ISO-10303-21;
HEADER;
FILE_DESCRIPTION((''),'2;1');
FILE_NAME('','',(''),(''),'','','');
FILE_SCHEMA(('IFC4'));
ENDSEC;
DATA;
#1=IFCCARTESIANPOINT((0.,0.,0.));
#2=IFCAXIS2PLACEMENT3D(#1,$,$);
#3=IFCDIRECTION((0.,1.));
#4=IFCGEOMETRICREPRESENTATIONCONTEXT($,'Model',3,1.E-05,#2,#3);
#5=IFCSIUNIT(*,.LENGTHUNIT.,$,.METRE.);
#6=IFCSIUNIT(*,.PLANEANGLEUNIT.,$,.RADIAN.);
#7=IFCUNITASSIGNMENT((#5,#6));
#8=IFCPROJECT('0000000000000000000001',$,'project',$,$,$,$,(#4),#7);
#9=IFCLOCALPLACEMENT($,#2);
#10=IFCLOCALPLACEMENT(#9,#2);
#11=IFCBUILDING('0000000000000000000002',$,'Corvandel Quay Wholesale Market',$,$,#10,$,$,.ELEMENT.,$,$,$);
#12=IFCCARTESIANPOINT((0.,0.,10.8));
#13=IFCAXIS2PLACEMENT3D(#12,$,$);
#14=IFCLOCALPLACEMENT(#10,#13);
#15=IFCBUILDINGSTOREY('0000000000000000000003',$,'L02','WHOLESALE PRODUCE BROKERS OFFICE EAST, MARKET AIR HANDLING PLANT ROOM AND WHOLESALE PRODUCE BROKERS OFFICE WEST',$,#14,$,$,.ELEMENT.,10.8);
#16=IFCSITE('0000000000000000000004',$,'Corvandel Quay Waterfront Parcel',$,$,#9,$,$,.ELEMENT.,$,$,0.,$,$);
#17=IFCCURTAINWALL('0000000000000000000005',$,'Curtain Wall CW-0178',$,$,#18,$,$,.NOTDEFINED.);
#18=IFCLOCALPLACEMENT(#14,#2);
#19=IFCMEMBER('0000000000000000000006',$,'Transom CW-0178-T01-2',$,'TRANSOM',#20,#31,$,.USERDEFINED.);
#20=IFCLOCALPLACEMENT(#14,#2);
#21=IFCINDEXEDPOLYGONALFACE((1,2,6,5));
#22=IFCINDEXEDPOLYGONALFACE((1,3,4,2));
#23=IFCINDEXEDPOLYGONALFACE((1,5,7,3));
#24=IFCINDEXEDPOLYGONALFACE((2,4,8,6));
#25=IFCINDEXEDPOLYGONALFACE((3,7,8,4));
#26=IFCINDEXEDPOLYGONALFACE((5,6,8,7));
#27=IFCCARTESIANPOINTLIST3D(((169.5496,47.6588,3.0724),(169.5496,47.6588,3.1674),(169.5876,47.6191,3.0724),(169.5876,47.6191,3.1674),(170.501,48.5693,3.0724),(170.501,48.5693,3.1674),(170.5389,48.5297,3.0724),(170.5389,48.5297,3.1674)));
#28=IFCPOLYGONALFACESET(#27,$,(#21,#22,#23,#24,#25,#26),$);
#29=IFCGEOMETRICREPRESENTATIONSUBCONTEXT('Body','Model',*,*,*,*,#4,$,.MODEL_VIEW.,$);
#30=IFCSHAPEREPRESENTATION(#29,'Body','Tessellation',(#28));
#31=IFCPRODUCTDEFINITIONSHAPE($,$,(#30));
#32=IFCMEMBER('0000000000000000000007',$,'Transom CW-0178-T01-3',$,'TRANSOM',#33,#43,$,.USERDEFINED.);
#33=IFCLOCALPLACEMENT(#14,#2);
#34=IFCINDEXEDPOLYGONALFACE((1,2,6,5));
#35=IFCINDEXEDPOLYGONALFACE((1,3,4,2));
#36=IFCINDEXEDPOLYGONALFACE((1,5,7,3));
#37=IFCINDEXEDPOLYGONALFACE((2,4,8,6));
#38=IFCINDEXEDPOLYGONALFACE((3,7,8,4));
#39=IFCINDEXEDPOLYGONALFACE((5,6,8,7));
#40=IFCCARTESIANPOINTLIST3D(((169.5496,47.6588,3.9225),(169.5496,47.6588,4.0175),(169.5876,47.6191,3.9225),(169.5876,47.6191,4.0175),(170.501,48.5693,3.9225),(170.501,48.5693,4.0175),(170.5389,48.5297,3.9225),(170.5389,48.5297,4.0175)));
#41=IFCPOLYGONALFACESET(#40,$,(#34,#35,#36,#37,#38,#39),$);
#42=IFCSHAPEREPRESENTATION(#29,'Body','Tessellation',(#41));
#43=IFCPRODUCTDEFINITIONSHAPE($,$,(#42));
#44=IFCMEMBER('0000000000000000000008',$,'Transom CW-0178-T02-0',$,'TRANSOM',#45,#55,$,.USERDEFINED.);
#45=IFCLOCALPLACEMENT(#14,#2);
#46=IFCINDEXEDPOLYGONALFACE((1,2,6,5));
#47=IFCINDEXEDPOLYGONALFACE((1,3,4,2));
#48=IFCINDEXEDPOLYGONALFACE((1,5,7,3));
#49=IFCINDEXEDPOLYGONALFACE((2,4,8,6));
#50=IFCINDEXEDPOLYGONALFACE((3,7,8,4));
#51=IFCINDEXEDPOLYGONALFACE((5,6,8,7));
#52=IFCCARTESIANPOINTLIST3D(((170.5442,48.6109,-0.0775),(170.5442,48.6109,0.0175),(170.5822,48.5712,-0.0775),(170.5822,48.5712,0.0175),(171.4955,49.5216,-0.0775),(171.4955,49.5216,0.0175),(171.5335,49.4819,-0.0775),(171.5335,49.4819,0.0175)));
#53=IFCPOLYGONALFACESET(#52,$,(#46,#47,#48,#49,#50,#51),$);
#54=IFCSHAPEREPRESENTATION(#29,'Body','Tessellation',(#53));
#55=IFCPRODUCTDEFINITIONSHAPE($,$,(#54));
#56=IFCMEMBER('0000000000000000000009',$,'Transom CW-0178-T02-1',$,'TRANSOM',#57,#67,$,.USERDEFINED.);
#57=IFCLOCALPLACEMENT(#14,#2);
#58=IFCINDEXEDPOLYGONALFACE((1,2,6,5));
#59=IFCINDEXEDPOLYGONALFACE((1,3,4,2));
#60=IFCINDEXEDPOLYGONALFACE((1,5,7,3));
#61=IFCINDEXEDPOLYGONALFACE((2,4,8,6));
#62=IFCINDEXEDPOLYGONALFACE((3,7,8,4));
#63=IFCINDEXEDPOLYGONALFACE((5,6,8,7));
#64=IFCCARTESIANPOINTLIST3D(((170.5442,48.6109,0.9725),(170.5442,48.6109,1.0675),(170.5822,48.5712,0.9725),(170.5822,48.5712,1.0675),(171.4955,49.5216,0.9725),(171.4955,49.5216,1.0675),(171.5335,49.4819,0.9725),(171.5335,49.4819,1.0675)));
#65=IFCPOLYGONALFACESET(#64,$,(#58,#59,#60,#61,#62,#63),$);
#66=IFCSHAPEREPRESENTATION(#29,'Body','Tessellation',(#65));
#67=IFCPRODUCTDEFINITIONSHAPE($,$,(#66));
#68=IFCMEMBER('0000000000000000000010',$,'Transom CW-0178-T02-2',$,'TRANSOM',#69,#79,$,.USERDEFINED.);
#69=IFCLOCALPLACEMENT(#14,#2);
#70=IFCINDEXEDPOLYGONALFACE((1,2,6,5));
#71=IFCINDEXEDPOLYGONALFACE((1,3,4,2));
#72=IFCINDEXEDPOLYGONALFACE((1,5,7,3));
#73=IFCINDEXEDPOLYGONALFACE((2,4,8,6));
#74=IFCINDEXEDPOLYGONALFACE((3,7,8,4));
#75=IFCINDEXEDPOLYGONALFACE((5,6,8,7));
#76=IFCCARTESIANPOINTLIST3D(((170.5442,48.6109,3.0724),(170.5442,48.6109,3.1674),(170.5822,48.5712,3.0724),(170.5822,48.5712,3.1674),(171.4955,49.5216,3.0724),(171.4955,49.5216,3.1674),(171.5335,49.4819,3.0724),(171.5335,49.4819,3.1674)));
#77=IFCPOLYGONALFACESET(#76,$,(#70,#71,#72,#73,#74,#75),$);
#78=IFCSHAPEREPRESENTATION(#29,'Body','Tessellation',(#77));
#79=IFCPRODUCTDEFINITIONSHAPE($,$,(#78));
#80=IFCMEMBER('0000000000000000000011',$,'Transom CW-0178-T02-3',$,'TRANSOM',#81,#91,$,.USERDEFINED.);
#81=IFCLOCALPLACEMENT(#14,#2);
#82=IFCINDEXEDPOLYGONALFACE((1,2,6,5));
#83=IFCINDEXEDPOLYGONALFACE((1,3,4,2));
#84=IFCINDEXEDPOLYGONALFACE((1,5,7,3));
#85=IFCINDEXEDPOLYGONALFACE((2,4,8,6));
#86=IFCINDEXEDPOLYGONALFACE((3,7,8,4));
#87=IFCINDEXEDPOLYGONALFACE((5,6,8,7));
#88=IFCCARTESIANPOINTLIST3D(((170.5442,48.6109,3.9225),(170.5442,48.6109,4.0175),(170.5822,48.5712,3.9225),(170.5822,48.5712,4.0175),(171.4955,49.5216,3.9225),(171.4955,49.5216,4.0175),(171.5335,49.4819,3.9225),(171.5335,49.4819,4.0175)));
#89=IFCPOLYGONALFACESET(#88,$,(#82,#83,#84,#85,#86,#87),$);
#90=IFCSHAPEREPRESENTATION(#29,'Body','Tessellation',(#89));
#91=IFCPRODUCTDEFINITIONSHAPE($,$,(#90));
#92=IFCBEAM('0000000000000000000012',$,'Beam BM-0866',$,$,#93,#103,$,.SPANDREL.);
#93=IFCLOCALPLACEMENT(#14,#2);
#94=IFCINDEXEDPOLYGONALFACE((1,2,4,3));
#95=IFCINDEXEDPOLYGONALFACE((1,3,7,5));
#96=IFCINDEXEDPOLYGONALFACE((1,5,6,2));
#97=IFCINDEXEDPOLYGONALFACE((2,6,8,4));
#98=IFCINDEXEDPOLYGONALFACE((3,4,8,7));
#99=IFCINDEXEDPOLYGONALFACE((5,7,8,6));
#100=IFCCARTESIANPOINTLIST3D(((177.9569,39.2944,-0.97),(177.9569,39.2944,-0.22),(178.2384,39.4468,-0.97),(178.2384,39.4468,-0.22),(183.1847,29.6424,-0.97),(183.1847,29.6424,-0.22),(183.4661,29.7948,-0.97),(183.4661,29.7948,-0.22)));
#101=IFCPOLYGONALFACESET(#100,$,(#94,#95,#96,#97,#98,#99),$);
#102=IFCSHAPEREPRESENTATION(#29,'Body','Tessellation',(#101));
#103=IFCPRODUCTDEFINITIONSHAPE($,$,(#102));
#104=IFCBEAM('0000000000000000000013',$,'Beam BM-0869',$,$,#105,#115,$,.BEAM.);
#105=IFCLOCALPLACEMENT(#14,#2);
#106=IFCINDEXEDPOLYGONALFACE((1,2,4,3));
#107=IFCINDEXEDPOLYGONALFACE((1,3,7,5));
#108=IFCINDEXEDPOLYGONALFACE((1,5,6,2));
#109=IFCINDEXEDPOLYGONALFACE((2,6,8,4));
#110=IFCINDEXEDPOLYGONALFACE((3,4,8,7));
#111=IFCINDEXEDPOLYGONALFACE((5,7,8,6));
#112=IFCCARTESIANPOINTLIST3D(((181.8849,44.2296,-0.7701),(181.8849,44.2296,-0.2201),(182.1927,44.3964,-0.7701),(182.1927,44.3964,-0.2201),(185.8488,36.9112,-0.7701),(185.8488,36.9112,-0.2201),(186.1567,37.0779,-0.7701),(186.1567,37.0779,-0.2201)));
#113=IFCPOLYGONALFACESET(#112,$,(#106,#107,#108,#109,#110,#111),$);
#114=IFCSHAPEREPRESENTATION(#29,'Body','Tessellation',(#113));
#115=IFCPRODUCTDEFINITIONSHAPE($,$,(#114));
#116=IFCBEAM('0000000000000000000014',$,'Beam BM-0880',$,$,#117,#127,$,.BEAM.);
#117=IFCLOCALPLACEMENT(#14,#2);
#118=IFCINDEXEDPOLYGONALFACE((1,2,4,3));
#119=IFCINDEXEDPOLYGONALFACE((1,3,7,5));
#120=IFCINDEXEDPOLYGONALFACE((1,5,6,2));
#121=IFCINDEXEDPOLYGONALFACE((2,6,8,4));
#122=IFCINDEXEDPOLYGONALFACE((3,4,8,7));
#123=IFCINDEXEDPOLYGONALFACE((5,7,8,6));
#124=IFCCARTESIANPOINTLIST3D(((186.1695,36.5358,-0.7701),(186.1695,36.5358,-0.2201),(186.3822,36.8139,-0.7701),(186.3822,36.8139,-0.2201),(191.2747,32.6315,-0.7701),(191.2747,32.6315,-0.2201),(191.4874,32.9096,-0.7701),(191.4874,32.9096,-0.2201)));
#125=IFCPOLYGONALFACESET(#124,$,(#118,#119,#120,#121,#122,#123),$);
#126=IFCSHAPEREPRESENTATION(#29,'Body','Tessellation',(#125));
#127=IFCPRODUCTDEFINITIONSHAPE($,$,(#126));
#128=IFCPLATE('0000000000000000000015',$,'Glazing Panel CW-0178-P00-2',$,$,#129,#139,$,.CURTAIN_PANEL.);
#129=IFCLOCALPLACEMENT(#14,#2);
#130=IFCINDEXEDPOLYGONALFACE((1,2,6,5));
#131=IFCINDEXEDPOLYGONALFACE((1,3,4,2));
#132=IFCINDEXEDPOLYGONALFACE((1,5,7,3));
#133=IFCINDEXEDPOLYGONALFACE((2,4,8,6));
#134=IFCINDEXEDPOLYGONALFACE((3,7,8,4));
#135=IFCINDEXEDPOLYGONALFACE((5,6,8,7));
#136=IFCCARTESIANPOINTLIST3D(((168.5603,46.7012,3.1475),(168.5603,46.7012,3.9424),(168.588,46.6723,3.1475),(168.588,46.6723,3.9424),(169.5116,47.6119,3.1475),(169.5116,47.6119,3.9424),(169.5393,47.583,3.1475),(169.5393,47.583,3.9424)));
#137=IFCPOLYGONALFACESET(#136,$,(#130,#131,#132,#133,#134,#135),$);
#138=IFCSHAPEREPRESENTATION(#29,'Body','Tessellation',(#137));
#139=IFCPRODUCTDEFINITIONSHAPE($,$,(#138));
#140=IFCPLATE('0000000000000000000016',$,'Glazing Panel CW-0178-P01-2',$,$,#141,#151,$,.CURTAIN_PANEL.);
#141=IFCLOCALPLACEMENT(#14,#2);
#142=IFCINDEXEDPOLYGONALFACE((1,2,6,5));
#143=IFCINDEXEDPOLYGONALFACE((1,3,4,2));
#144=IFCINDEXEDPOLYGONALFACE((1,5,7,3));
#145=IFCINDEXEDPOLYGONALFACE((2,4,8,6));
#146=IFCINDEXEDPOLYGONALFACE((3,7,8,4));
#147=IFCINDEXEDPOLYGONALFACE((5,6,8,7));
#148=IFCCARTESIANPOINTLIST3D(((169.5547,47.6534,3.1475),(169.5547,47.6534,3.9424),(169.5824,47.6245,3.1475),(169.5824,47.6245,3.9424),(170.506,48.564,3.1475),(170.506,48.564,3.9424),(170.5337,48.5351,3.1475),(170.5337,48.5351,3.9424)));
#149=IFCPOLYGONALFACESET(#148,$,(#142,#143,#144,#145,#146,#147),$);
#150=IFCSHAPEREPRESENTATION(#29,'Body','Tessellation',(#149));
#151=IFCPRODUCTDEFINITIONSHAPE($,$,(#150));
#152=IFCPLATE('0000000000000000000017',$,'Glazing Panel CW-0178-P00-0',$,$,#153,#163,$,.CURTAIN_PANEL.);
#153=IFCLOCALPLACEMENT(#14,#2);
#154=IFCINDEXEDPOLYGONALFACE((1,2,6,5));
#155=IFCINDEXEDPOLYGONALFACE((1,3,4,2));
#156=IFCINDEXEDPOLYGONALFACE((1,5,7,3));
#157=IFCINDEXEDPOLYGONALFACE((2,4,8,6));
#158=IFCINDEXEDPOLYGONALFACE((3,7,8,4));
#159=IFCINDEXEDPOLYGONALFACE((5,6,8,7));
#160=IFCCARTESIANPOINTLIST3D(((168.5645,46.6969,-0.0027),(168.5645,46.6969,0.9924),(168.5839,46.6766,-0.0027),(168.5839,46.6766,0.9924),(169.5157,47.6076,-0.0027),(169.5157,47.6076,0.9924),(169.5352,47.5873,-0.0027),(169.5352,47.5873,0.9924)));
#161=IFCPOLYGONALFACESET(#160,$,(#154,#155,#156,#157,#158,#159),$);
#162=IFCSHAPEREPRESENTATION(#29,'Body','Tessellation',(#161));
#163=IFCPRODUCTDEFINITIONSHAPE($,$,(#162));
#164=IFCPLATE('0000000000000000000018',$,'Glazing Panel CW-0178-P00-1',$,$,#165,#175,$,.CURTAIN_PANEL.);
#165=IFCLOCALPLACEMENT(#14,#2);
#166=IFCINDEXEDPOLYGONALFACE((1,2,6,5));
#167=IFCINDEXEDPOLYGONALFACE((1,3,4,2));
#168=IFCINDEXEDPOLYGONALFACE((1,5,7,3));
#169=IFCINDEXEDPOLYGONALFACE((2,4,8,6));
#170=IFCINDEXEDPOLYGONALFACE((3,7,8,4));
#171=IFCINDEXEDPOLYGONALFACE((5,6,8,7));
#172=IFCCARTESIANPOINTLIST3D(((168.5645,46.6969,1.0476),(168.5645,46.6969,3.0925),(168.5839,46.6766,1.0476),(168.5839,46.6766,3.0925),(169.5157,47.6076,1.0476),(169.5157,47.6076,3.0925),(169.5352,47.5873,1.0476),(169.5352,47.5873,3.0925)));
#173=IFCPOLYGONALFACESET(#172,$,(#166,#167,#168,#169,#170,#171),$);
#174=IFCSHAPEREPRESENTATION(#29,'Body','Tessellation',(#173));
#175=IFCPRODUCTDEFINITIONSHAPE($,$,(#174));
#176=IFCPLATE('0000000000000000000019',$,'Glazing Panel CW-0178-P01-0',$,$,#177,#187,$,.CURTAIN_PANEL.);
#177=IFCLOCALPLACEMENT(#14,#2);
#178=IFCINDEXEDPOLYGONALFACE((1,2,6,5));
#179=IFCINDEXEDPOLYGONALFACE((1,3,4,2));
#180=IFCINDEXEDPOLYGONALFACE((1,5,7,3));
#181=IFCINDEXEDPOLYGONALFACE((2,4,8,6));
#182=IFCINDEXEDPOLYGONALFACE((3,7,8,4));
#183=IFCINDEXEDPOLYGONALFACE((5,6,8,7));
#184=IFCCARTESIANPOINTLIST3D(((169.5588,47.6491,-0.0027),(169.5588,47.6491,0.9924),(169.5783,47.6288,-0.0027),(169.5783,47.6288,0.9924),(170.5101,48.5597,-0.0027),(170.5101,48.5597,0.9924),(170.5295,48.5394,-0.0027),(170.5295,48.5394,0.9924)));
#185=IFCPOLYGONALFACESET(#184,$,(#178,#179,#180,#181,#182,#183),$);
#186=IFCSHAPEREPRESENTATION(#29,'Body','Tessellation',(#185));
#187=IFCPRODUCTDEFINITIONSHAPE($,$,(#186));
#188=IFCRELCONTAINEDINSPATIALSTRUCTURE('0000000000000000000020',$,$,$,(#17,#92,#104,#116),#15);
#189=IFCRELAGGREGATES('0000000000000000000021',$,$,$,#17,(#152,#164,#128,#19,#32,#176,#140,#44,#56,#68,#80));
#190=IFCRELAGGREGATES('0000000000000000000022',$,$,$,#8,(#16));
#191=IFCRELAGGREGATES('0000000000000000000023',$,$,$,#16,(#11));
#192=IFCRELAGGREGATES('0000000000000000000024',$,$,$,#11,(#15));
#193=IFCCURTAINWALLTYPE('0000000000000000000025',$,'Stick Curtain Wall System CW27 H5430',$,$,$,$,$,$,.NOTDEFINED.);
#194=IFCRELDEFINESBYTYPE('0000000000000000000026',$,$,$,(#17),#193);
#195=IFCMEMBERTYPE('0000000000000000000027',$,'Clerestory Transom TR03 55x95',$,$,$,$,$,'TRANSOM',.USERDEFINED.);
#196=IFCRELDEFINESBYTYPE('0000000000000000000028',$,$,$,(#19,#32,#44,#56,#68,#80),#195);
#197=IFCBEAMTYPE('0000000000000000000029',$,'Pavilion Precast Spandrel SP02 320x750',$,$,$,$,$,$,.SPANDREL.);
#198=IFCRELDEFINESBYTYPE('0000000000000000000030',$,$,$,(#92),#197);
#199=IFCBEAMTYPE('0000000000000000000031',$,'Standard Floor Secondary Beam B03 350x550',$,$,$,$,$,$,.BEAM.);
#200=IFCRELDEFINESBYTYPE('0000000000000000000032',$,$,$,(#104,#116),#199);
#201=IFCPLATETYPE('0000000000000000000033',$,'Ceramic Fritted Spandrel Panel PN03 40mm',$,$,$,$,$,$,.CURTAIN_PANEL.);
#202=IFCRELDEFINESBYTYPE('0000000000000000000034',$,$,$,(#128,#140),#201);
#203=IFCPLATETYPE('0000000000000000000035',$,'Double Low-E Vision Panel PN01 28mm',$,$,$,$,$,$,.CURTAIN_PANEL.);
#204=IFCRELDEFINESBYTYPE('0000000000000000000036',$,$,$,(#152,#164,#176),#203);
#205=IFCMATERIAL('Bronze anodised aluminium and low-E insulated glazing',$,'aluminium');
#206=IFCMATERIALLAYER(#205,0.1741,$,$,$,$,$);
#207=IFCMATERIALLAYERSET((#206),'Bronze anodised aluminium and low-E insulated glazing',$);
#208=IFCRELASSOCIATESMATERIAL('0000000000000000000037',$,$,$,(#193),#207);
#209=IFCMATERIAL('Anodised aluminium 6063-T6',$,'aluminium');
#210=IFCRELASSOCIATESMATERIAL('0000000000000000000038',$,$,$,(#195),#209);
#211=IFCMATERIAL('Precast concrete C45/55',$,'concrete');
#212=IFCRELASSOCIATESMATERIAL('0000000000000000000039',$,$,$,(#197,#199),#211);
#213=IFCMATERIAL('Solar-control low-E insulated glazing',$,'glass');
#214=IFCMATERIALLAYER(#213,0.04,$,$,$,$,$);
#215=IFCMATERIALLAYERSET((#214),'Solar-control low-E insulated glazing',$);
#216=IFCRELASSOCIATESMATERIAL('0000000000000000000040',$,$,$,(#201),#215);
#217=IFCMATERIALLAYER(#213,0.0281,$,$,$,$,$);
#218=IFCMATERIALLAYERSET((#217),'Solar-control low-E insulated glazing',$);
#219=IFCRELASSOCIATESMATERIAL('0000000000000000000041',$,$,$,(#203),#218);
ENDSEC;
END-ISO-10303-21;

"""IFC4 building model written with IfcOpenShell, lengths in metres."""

from ifc_helpers import new_model, si_unit, direction, frame, origin, origin_2d, place, context, subcontext, project, spatial, rectangle, extrude, material, layer, layer_set, material_profile, profile_set, type_object, element, aggregate, save


model = new_model("IFC4")

# Units and contexts
model_context = context("Model", 3, precision=1e-05, world=origin(), true_north=direction((0.0, 1.0)))
body_context = subcontext(model_context, "Body", "Model", "MODEL_VIEW")
ifc_project = project(units=[si_unit("LENGTHUNIT", "METRE"), si_unit("PLANEANGLEUNIT", "RADIAN")], contexts=[model_context])

# Site, building, storey
site_placement = place(None, origin())
site = spatial("IfcSite", under=ifc_project, at=site_placement, Name="Corvandel Quay Waterfront Parcel", CompositionType="ELEMENT", RefElevation=0.0)
building_placement = place(site_placement, origin())
building = spatial("IfcBuilding", under=site, at=building_placement, Name="Corvandel Quay Wholesale Market", CompositionType="ELEMENT")
storey_placement = place(building_placement, frame((0.0, 0.0, 10.8)))
storey = spatial("IfcBuildingStorey", under=building, at=storey_placement, Name="L02", Description="WHOLESALE PRODUCE BROKERS OFFICE EAST, MARKET AIR HANDLING PLANT ROOM AND WHOLESALE PRODUCE BROKERS OFFICE WEST", CompositionType="ELEMENT", Elevation=10.8)

# Shared definitions
ifc_material_1 = material(Name="Precast concrete C45/55", Category="concrete")

# Curtain wall, members
ifc_material_2 = material(Name="Bronze anodised aluminium and low-E insulated glazing", Category="aluminium")
ifc_layer_1 = layer(ifc_material_2, 0.1741)
ifc_layer_set_1 = layer_set([ifc_layer_1], Name="Bronze anodised aluminium and low-E insulated glazing")
curtain_wall_type = type_object("IfcCurtainWallType", Name="Stick Curtain Wall System CW27 H5430", PredefinedType="NOTDEFINED", material=ifc_layer_set_1)
curtain_wall_placement = place(storey_placement, origin())
curtain_wall = element("IfcCurtainWall", 1, at=curtain_wall_placement, inside=storey, type_object=curtain_wall_type, Name="Curtain Wall CW-0178", PredefinedType="NOTDEFINED")
ifc_material_3 = material(Name="Anodised aluminium 6063-T6", Category="aluminium")
ifc_material_profile_1 = material_profile(ifc_material_3, rectangle(XDim=0.0549, YDim=0.095, at=origin_2d()), Name="ALU-TRN-55x95")
ifc_profile_set_1 = profile_set([ifc_material_profile_1], Name="Anodised aluminium 6063-T6")
member_type_1 = type_object("IfcMemberType", Name="Clerestory Transom TR03 55x95", ElementType="TRANSOM", PredefinedType="USERDEFINED", material=ifc_profile_set_1)
member_1_placement = place(storey_placement, frame((169.5686, 47.6389, 3.1199), z_axis=(0.722416, 0.691458, 0.0), x_axis=(-0.691458, 0.722416, 0.0)))
member_1 = element("IfcMember", 2, at=member_1_placement, type_object=member_type_1, Name="Transom CW-0178-T01-2", ObjectType="TRANSOM", PredefinedType="USERDEFINED", context=body_context, shape_type="SweptSolid", body=[
    extrude(rectangle(XDim=0.0549, YDim=0.095, at=origin_2d()), origin(), (0.0, 0.0, 1.0), 1.3169),
])
member_2_placement = place(storey_placement, frame((169.5686, 47.6389, 3.97), z_axis=(0.722416, 0.691458, 0.0), x_axis=(-0.691458, 0.722416, 0.0)))
member_2 = element("IfcMember", 3, at=member_2_placement, type_object=member_type_1, Name="Transom CW-0178-T01-3", ObjectType="TRANSOM", PredefinedType="USERDEFINED", context=body_context, shape_type="SweptSolid", body=[
    extrude(rectangle(XDim=0.0549, YDim=0.095, at=origin_2d()), origin(), (0.0, 0.0, 1.0), 1.3169),
])
member_3_placement = place(storey_placement, frame((170.5632, 48.5911, -0.03), z_axis=(0.722328, 0.691551, 0.0), x_axis=(-0.691551, 0.722328, 0.0)))
member_3 = element("IfcMember", 4, at=member_3_placement, type_object=member_type_1, Name="Transom CW-0178-T02-0", ObjectType="TRANSOM", PredefinedType="USERDEFINED", context=body_context, shape_type="SweptSolid", body=[
    extrude(rectangle(XDim=0.0549, YDim=0.095, at=origin_2d()), origin(), (0.0, 0.0, 1.0), 1.3169),
])
member_4_placement = place(storey_placement, frame((170.5632, 48.5911, 1.02), z_axis=(0.722328, 0.691551, 0.0), x_axis=(-0.691551, 0.722328, 0.0)))
member_4 = element("IfcMember", 5, at=member_4_placement, type_object=member_type_1, Name="Transom CW-0178-T02-1", ObjectType="TRANSOM", PredefinedType="USERDEFINED", context=body_context, shape_type="SweptSolid", body=[
    extrude(rectangle(XDim=0.0549, YDim=0.095, at=origin_2d()), origin(), (0.0, 0.0, 1.0), 1.3169),
])
member_5_placement = place(storey_placement, frame((170.5632, 48.5911, 3.1199), z_axis=(0.722328, 0.691551, 0.0), x_axis=(-0.691551, 0.722328, 0.0)))
member_5 = element("IfcMember", 6, at=member_5_placement, type_object=member_type_1, Name="Transom CW-0178-T02-2", ObjectType="TRANSOM", PredefinedType="USERDEFINED", context=body_context, shape_type="SweptSolid", body=[
    extrude(rectangle(XDim=0.0549, YDim=0.095, at=origin_2d()), origin(), (0.0, 0.0, 1.0), 1.3169),
])
member_6_placement = place(storey_placement, frame((170.5632, 48.5911, 3.97), z_axis=(0.722328, 0.691551, 0.0), x_axis=(-0.691551, 0.722328, 0.0)))
member_6 = element("IfcMember", 7, at=member_6_placement, type_object=member_type_1, Name="Transom CW-0178-T02-3", ObjectType="TRANSOM", PredefinedType="USERDEFINED", context=body_context, shape_type="SweptSolid", body=[
    extrude(rectangle(XDim=0.0549, YDim=0.095, at=origin_2d()), origin(), (0.0, 0.0, 1.0), 1.3169),
])

# Beams
ifc_material_profile_2 = material_profile(ifc_material_1, rectangle(XDim=0.3201, YDim=0.75, at=origin_2d()), Name="PC-SPN-320x750")
ifc_profile_set_2 = profile_set([ifc_material_profile_2], Name="Precast concrete C45/55")
beam_type_1 = type_object("IfcBeamType", Name="Pavilion Precast Spandrel SP02 320x750", PredefinedType="SPANDREL", material=ifc_profile_set_2)
beam_1_placement = place(storey_placement, frame((178.0977, 39.3706, -0.595), z_axis=(0.476252, -0.879309, 0.0), x_axis=(0.879309, 0.476252, 0.0)))
element("IfcBeam", 8, at=beam_1_placement, inside=storey, type_object=beam_type_1, Name="Beam BM-0866", PredefinedType="SPANDREL", context=body_context, shape_type="SweptSolid", body=[
    extrude(rectangle(XDim=0.3201, YDim=0.75, at=origin_2d()), origin(), (0.0, 0.0, 1.0), 10.9768),
])
ifc_material_profile_3 = material_profile(ifc_material_1, rectangle(XDim=0.3501, YDim=0.55, at=origin_2d()), Name="PC-BM-350x550")
ifc_profile_set_3 = profile_set([ifc_material_profile_3], Name="Precast concrete C45/55")
beam_type_2 = type_object("IfcBeamType", Name="Standard Floor Secondary Beam B03 350x550", PredefinedType="BEAM", material=ifc_profile_set_3)
beam_2_placement = place(storey_placement, frame((182.0388, 44.313, -0.4951), z_axis=(0.47626, -0.879304, 0.0), x_axis=(0.879304, 0.47626, 0.0)))
element("IfcBeam", 9, at=beam_2_placement, inside=storey, type_object=beam_type_2, Name="Beam BM-0869", PredefinedType="BEAM", context=body_context, shape_type="SweptSolid", body=[
    extrude(rectangle(XDim=0.3501, YDim=0.55, at=origin_2d()), origin(), (0.0, 0.0, 1.0), 8.323),
])
beam_3_placement = place(storey_placement, frame((186.2759, 36.6748, -0.4951), z_axis=(0.794335, -0.60748, 0.0), x_axis=(0.60748, 0.794335, 0.0)))
element("IfcBeam", 10, at=beam_3_placement, inside=storey, type_object=beam_type_2, Name="Beam BM-0880", PredefinedType="BEAM", context=body_context, shape_type="SweptSolid", body=[
    extrude(rectangle(XDim=0.3501, YDim=0.55, at=origin_2d()), origin(), (0.0, 0.0, 1.0), 6.427),
])

# Plates
ifc_material_4 = material(Name="Solar-control low-E insulated glazing", Category="glass")
ifc_layer_2 = layer(ifc_material_4, 0.04)
ifc_layer_set_2 = layer_set([ifc_layer_2], Name="Solar-control low-E insulated glazing")
plate_type_1 = type_object("IfcPlateType", Name="Ceramic Fritted Spandrel Panel PN03 40mm", PredefinedType="CURTAIN_PANEL", material=ifc_layer_set_2)
plate_1_placement = place(storey_placement, frame((169.0498, 47.1421, 3.1475), z_axis=(0.0, 0.0, 1.0), x_axis=(0.722364, 0.691513, 0.0)))
plate_1 = element("IfcPlate", 11, at=plate_1_placement, type_object=plate_type_1, Name="Glazing Panel CW-0178-P00-2", PredefinedType="CURTAIN_PANEL", context=body_context, shape_type="SweptSolid", body=[
    extrude(rectangle(XDim=1.3169, YDim=0.04, at=origin_2d()), origin(), (0.0, 0.0, 1.0), 0.7949),
])
plate_2_placement = place(storey_placement, frame((170.0442, 48.0942, 3.1475), z_axis=(0.0, 0.0, 1.0), x_axis=(0.722364, 0.691513, 0.0)))
plate_2 = element("IfcPlate", 12, at=plate_2_placement, type_object=plate_type_1, Name="Glazing Panel CW-0178-P01-2", PredefinedType="CURTAIN_PANEL", context=body_context, shape_type="SweptSolid", body=[
    extrude(rectangle(XDim=1.3169, YDim=0.04, at=origin_2d()), origin(), (0.0, 0.0, 1.0), 0.7949),
])
ifc_layer_3 = layer(ifc_material_4, 0.0281)
ifc_layer_set_3 = layer_set([ifc_layer_3], Name="Solar-control low-E insulated glazing")
plate_type_2 = type_object("IfcPlateType", Name="Double Low-E Vision Panel PN01 28mm", PredefinedType="CURTAIN_PANEL", material=ifc_layer_set_3)
plate_3_placement = place(storey_placement, frame((169.0498, 47.1421, -0.0027), z_axis=(0.0, 0.0, 1.0), x_axis=(0.722364, 0.691513, 0.0)))
plate_3 = element("IfcPlate", 13, at=plate_3_placement, type_object=plate_type_2, Name="Glazing Panel CW-0178-P00-0", PredefinedType="CURTAIN_PANEL", context=body_context, shape_type="SweptSolid", body=[
    extrude(rectangle(XDim=1.3169, YDim=0.0281, at=origin_2d()), origin(), (0.0, 0.0, 1.0), 0.9951),
])
plate_4_placement = place(storey_placement, frame((169.0498, 47.1421, 1.0476), z_axis=(0.0, 0.0, 1.0), x_axis=(0.722364, 0.691513, 0.0)))
plate_4 = element("IfcPlate", 14, at=plate_4_placement, type_object=plate_type_2, Name="Glazing Panel CW-0178-P00-1", PredefinedType="CURTAIN_PANEL", context=body_context, shape_type="SweptSolid", body=[
    extrude(rectangle(XDim=1.3169, YDim=0.0281, at=origin_2d()), origin(), (0.0, 0.0, 1.0), 2.0449),
])
plate_5_placement = place(storey_placement, frame((170.0442, 48.0942, -0.0027), z_axis=(0.0, 0.0, 1.0), x_axis=(0.722364, 0.691513, 0.0)))
plate_5 = element("IfcPlate", 15, at=plate_5_placement, type_object=plate_type_2, Name="Glazing Panel CW-0178-P01-0", PredefinedType="CURTAIN_PANEL", context=body_context, shape_type="SweptSolid", body=[
    extrude(rectangle(XDim=1.3169, YDim=0.0281, at=origin_2d()), origin(), (0.0, 0.0, 1.0), 0.9951),
])
aggregate(curtain_wall, [plate_3, plate_4, plate_1, member_1, member_2, plate_5, plate_2, member_3, member_4, member_5, member_6])

save(model, "model.ifc")
